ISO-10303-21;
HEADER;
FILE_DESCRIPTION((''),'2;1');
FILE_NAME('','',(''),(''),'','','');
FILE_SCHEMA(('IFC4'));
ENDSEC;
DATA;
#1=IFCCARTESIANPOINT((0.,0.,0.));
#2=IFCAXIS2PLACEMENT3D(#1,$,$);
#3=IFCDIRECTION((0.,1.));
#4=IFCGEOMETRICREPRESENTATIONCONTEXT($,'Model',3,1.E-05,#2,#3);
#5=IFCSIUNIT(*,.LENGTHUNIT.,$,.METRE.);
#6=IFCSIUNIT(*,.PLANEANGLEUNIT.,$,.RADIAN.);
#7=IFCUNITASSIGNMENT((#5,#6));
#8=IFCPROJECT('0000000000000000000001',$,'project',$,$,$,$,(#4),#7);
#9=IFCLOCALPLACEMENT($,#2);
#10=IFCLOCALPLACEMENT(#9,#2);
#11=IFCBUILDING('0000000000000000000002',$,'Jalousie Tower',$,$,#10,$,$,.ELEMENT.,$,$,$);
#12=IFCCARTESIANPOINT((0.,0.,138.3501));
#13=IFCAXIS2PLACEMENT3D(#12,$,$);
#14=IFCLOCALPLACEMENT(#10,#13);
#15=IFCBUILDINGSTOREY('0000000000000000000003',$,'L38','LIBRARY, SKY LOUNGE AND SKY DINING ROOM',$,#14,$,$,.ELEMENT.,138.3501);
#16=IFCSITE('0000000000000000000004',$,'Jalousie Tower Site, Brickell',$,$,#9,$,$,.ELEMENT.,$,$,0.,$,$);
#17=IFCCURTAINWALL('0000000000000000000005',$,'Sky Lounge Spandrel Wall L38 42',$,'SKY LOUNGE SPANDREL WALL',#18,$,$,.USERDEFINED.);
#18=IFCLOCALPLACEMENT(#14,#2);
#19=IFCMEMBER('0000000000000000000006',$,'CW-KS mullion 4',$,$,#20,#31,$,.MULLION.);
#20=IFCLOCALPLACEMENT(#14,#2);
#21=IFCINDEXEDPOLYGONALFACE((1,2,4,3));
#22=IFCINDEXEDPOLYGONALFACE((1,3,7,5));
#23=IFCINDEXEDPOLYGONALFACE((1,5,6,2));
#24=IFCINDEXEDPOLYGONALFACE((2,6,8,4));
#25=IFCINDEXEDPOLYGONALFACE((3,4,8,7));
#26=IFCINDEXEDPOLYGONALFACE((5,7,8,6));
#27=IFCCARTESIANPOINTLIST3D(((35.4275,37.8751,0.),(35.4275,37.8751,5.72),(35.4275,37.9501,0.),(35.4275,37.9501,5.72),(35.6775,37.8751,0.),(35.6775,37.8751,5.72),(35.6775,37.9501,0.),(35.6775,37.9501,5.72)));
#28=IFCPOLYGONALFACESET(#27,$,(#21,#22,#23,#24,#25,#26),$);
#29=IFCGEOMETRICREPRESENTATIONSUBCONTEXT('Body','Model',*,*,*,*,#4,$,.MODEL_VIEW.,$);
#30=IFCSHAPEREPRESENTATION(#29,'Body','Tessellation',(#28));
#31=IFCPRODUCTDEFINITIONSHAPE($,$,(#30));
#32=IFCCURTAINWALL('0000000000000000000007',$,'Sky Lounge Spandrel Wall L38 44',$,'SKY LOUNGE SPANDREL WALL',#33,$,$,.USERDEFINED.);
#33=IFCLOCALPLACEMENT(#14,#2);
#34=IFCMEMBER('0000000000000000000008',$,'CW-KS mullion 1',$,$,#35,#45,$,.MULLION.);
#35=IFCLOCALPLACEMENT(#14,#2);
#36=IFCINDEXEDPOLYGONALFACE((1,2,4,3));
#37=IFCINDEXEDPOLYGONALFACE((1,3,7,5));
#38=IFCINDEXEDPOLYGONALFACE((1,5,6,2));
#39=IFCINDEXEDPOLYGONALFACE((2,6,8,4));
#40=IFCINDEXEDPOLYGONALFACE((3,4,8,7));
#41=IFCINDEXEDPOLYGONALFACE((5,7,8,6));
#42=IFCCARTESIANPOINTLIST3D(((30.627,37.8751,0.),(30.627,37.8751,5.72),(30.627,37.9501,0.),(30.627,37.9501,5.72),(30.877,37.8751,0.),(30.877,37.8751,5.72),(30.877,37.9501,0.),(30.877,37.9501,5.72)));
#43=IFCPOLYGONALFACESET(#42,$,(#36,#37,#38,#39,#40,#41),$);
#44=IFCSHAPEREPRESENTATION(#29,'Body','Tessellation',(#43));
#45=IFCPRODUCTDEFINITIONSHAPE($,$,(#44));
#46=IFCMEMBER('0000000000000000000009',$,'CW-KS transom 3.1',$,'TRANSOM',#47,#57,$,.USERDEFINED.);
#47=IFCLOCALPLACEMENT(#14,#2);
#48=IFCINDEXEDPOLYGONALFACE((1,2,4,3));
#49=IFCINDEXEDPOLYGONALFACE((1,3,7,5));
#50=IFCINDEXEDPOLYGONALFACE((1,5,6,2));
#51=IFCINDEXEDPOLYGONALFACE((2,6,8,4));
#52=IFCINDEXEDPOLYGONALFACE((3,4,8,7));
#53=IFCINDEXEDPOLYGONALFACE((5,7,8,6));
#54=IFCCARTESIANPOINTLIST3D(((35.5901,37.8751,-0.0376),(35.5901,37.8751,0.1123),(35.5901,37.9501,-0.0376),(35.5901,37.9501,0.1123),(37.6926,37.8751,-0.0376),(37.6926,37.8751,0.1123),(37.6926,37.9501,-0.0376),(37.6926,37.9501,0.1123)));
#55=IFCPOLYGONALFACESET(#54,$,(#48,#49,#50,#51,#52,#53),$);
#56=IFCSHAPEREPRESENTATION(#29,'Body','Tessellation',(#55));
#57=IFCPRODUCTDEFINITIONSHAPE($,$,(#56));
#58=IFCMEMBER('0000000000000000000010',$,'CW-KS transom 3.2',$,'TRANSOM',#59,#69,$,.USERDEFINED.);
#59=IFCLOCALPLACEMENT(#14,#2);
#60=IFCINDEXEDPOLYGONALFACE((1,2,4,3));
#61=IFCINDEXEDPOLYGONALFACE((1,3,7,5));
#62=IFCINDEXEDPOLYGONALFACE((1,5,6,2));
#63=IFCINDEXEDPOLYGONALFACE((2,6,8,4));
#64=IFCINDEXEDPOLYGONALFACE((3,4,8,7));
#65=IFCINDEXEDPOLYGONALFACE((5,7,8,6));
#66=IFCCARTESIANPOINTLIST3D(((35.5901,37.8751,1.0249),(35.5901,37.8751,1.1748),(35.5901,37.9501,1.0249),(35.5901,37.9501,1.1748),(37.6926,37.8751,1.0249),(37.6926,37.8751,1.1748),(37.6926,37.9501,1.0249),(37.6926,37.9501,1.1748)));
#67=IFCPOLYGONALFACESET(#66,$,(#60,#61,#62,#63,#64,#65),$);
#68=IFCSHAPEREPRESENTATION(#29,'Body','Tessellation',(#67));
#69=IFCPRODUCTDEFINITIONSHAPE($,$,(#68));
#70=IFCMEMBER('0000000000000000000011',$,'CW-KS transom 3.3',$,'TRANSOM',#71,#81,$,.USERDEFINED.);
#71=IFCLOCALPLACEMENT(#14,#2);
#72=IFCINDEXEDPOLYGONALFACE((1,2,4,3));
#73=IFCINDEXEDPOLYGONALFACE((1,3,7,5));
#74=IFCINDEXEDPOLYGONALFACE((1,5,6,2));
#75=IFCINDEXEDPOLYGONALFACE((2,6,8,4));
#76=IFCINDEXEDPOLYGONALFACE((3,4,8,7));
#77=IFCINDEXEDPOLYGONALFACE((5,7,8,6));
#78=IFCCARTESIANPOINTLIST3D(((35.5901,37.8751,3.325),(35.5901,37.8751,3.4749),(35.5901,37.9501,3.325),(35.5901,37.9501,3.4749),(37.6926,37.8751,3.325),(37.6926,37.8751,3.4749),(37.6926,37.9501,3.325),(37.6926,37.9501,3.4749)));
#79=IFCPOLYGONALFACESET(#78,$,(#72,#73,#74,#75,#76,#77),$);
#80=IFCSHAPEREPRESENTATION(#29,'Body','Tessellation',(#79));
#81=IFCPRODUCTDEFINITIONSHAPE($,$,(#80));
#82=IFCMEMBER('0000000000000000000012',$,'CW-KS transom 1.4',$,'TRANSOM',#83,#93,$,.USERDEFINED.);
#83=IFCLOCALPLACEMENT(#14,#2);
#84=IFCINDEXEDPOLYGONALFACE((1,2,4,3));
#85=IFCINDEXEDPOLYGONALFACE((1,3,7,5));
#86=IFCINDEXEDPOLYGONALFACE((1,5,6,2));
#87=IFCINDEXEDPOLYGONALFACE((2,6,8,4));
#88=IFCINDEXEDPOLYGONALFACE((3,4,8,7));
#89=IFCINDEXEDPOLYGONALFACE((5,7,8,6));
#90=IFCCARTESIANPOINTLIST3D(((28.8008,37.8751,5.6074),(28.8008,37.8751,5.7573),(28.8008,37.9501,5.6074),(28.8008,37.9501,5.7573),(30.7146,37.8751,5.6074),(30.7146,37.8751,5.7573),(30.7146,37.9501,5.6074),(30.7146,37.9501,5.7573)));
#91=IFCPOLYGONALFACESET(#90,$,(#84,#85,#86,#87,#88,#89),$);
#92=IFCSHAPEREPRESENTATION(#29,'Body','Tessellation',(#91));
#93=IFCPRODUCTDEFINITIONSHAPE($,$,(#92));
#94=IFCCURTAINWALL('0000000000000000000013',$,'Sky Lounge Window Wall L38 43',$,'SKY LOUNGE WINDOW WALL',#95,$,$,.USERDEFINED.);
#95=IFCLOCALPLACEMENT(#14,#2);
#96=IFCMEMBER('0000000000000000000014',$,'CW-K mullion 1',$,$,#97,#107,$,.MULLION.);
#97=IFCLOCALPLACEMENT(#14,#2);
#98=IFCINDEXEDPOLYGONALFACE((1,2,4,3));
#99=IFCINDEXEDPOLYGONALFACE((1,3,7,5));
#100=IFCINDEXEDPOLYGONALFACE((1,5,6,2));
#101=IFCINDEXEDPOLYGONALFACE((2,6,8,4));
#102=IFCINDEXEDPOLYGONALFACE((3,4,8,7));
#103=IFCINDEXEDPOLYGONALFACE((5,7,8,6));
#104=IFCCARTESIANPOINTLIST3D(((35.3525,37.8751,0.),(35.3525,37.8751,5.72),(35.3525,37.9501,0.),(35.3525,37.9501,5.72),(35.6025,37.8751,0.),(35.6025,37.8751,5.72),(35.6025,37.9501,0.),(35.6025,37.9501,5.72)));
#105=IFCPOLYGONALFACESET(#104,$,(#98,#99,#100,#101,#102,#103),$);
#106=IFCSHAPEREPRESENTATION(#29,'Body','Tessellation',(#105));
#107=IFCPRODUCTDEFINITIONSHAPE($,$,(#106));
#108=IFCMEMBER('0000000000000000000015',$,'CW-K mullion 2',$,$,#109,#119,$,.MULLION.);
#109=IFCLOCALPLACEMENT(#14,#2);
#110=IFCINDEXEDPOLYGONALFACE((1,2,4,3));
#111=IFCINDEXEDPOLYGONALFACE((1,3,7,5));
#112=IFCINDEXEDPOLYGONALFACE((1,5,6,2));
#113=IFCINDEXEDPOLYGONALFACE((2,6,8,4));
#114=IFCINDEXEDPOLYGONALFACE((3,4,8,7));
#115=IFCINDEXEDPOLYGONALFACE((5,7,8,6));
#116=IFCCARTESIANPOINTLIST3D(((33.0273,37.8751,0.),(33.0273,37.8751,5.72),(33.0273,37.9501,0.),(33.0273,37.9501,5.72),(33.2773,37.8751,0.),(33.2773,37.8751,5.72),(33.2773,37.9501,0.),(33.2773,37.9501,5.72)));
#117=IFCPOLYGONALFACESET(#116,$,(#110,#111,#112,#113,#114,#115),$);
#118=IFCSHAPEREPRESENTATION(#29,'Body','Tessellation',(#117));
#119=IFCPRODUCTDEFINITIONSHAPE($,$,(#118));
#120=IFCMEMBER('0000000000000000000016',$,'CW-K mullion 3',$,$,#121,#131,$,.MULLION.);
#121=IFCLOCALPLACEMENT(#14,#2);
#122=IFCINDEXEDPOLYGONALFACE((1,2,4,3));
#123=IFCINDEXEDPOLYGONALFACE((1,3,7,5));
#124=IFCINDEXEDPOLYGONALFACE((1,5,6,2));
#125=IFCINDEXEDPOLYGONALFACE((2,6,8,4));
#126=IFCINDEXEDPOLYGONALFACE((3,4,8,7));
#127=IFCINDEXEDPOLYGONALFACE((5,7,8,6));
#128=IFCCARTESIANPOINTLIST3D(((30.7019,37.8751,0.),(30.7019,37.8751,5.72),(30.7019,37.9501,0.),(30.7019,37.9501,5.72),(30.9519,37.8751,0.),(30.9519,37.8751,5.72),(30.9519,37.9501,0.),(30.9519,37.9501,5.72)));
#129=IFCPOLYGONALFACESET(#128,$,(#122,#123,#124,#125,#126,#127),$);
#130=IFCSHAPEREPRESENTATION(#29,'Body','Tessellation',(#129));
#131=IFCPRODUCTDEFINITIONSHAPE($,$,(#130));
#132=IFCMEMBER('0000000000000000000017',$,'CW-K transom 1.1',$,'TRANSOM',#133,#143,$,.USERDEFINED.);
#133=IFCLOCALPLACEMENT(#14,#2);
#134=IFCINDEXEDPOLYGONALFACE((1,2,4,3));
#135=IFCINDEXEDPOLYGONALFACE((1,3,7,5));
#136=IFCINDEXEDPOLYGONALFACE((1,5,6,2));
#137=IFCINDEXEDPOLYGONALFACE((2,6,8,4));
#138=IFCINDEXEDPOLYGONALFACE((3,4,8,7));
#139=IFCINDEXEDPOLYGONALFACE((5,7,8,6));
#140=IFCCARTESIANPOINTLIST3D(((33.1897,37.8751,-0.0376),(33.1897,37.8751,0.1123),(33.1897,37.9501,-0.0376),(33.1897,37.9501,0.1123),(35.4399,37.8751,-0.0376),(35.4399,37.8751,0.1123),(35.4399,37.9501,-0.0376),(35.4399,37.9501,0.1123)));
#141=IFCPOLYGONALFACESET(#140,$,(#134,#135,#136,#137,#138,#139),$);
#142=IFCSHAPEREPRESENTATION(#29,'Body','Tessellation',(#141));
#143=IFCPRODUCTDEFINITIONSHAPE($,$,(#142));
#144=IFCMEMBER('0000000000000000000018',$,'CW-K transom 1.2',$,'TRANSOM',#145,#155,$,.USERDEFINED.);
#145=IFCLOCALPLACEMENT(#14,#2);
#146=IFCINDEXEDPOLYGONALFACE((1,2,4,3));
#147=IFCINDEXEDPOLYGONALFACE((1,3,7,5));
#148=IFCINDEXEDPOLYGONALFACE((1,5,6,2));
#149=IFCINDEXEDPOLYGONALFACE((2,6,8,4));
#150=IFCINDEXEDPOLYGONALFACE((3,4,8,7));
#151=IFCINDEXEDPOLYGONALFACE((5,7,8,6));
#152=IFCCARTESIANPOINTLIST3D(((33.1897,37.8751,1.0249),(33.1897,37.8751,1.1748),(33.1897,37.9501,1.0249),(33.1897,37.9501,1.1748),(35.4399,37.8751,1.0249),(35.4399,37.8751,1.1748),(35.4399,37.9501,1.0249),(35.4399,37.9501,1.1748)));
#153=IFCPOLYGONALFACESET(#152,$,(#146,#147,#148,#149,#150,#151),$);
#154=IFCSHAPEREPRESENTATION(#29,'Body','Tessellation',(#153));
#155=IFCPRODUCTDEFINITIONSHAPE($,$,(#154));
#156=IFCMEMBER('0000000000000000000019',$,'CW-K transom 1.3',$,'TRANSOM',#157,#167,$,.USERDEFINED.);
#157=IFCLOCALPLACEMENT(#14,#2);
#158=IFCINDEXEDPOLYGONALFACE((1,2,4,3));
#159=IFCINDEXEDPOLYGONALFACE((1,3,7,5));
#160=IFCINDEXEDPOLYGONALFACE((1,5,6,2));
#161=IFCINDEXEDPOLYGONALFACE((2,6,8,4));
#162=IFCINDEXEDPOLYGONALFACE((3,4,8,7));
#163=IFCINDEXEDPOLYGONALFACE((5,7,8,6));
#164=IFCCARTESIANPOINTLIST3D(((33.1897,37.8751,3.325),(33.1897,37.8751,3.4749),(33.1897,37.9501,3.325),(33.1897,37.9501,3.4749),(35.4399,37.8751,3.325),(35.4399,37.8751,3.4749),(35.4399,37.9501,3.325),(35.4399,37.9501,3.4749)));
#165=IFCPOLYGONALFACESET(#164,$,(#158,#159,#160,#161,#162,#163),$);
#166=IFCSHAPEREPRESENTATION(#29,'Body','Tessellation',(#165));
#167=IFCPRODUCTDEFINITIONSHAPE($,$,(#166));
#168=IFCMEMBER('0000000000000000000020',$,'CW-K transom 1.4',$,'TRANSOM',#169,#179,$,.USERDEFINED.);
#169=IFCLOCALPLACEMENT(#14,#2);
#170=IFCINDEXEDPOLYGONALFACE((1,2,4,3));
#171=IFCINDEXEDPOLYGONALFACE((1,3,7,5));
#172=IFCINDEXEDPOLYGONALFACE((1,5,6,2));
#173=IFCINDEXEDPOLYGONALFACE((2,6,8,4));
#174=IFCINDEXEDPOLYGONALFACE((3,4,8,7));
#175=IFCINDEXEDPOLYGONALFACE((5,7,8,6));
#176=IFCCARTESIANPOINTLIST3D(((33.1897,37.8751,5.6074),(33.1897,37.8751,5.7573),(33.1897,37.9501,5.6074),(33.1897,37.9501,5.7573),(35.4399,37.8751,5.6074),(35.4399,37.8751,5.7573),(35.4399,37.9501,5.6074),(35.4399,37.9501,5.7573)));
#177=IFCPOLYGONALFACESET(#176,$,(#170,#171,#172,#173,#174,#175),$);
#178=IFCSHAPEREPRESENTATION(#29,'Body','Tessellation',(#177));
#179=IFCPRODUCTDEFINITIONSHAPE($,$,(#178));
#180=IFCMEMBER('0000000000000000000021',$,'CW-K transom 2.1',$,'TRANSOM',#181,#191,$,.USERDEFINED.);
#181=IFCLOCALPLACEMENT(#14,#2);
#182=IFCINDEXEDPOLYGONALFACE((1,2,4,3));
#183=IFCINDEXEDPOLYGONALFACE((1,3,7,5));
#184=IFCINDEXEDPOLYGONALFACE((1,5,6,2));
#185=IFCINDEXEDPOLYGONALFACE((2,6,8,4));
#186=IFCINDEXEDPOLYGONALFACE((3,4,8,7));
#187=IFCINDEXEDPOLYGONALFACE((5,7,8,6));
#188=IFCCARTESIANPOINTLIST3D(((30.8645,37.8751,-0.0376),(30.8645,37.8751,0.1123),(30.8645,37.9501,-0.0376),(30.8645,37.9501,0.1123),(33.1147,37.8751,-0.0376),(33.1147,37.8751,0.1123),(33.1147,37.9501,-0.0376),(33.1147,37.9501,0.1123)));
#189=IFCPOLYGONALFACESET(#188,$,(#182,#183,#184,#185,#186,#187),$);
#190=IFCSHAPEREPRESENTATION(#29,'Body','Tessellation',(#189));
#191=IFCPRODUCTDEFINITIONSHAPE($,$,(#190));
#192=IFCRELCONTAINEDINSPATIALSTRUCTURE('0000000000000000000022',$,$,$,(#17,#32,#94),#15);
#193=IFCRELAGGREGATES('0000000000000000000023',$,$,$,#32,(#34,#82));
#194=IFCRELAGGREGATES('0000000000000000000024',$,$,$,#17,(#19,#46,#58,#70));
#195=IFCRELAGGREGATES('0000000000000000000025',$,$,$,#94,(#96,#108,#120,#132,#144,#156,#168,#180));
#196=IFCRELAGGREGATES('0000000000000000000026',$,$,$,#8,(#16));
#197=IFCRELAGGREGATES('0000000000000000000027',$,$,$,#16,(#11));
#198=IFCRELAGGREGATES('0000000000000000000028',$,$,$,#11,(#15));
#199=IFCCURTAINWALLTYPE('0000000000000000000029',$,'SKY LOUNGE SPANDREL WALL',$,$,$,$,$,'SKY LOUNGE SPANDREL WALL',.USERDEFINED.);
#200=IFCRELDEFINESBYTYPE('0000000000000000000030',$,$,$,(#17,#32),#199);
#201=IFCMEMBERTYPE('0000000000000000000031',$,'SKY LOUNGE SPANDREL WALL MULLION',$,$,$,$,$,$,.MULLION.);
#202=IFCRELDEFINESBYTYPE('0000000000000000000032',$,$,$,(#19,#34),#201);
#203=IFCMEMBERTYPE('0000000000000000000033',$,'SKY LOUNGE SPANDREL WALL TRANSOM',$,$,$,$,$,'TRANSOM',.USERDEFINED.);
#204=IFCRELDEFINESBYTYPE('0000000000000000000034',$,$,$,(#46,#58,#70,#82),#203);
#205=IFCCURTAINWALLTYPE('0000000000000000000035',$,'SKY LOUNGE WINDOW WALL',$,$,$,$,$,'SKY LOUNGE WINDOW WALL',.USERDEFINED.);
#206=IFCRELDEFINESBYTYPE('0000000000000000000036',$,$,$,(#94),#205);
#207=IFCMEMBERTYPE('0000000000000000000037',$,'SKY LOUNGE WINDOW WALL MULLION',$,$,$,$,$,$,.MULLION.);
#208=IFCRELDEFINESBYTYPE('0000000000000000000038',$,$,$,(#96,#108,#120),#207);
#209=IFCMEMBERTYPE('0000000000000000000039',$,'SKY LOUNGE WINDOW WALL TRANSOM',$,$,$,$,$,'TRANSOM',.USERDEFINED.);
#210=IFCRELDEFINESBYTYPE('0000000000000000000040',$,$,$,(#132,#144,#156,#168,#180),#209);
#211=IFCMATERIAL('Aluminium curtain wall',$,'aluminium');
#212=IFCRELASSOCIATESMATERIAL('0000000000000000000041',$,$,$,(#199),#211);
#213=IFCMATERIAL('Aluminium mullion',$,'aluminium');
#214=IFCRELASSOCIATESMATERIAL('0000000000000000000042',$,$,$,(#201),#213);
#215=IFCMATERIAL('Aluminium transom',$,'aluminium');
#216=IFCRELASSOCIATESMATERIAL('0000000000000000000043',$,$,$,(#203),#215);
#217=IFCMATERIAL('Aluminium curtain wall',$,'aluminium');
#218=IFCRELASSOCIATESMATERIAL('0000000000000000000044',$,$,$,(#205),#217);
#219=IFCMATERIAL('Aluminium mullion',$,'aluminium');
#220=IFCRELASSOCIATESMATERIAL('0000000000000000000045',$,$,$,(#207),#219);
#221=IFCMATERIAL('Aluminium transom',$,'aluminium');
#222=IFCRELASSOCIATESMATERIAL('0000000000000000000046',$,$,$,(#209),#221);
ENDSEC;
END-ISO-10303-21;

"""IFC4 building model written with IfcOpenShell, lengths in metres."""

from ifc_helpers import new_model, si_unit, direction, frame, origin, origin_2d, place, context, subcontext, project, spatial, rectangle, extrude, material, material_profile, profile_set, type_object, element, aggregate, save


model = new_model("IFC4")

# Units and contexts
model_context = context("Model", 3, precision=1e-05, world=origin(), true_north=direction((0.0, 1.0)))
body_context = subcontext(model_context, "Body", "Model", "MODEL_VIEW")
ifc_project = project(units=[si_unit("LENGTHUNIT", "METRE"), si_unit("PLANEANGLEUNIT", "RADIAN")], contexts=[model_context])

# Site, building, storey
site_placement = place(None, origin())
site = spatial("IfcSite", under=ifc_project, at=site_placement, Name="Jalousie Tower Site, Brickell", CompositionType="ELEMENT", RefElevation=0.0)
building_placement = place(site_placement, origin())
building = spatial("IfcBuilding", under=site, at=building_placement, Name="Jalousie Tower", CompositionType="ELEMENT")
storey_placement = place(building_placement, frame((0.0, 0.0, 138.3501)))
storey = spatial("IfcBuildingStorey", under=building, at=storey_placement, Name="L38", Description="LIBRARY, SKY LOUNGE AND SKY DINING ROOM", CompositionType="ELEMENT", Elevation=138.3501)

# Curtain walls, members
ifc_material_1 = material(Name="Aluminium curtain wall", Category="aluminium")
curtain_wall_type_1 = type_object("IfcCurtainWallType", Name="SKY LOUNGE SPANDREL WALL", ElementType="SKY LOUNGE SPANDREL WALL", PredefinedType="USERDEFINED", material=ifc_material_1)
curtain_wall_1_placement = place(storey_placement, origin())
curtain_wall_1 = element("IfcCurtainWall", 1, at=curtain_wall_1_placement, inside=storey, type_object=curtain_wall_type_1, Name="Sky Lounge Spandrel Wall L38 42", ObjectType="SKY LOUNGE SPANDREL WALL", PredefinedType="USERDEFINED")
ifc_material_2 = material(Name="Aluminium mullion", Category="aluminium")
ifc_material_profile_1 = material_profile(ifc_material_2, rectangle(XDim=0.075, YDim=0.25, at=origin_2d()), Name="MULLION 75x250")
ifc_profile_set_1 = profile_set([ifc_material_profile_1], Name="Aluminium mullion")
member_type_1 = type_object("IfcMemberType", Name="SKY LOUNGE SPANDREL WALL MULLION", PredefinedType="MULLION", material=ifc_profile_set_1)
member_1_placement = place(storey_placement, frame((35.5525, 37.9126, 0.0), z_axis=(0.0, 0.0, 1.0), x_axis=(0.0, -1.0, 0.0)))
member_1 = element("IfcMember", 2, at=member_1_placement, type_object=member_type_1, Name="CW-KS mullion 4", PredefinedType="MULLION", context=body_context, shape_type="SweptSolid", body=[
    extrude(rectangle(XDim=0.075, YDim=0.25, at=origin_2d()), origin(), (0.0, 0.0, 1.0), 5.72),
])
curtain_wall_2_placement = place(storey_placement, origin())
curtain_wall_2 = element("IfcCurtainWall", 3, at=curtain_wall_2_placement, inside=storey, type_object=curtain_wall_type_1, Name="Sky Lounge Spandrel Wall L38 44", ObjectType="SKY LOUNGE SPANDREL WALL", PredefinedType="USERDEFINED")
member_2_placement = place(storey_placement, frame((30.752, 37.9126, 0.0), z_axis=(0.0, 0.0, 1.0), x_axis=(0.0, -1.0, 0.0)))
member_2 = element("IfcMember", 4, at=member_2_placement, type_object=member_type_1, Name="CW-KS mullion 1", PredefinedType="MULLION", context=body_context, shape_type="SweptSolid", body=[
    extrude(rectangle(XDim=0.075, YDim=0.25, at=origin_2d()), origin(), (0.0, 0.0, 1.0), 5.72),
])

# Members
ifc_material_3 = material(Name="Aluminium transom", Category="aluminium")
ifc_material_profile_2 = material_profile(ifc_material_3, rectangle(XDim=0.075, YDim=0.1499, at=origin_2d()), Name="TRANSOM 75x150")
ifc_profile_set_2 = profile_set([ifc_material_profile_2], Name="Aluminium transom")
member_type_2 = type_object("IfcMemberType", Name="SKY LOUNGE SPANDREL WALL TRANSOM", ElementType="TRANSOM", PredefinedType="USERDEFINED", material=ifc_profile_set_2)
member_3_placement = place(storey_placement, frame((37.6926, 37.9126, 0.0374), z_axis=(-1.0, 0.0, 0.0), x_axis=(0.0, -1.0, 0.0)))
member_3 = element("IfcMember", 5, at=member_3_placement, type_object=member_type_2, Name="CW-KS transom 3.1", ObjectType="TRANSOM", PredefinedType="USERDEFINED", context=body_context, shape_type="SweptSolid", body=[
    extrude(rectangle(XDim=0.075, YDim=0.1499, at=origin_2d()), origin(), (0.0, 0.0, 1.0), 2.1025),
])
member_4_placement = place(storey_placement, frame((37.6926, 37.9126, 1.0999), z_axis=(-1.0, 0.0, 0.0), x_axis=(0.0, -1.0, 0.0)))
member_4 = element("IfcMember", 6, at=member_4_placement, type_object=member_type_2, Name="CW-KS transom 3.2", ObjectType="TRANSOM", PredefinedType="USERDEFINED", context=body_context, shape_type="SweptSolid", body=[
    extrude(rectangle(XDim=0.075, YDim=0.1499, at=origin_2d()), origin(), (0.0, 0.0, 1.0), 2.1025),
])
member_5_placement = place(storey_placement, frame((37.6926, 37.9126, 3.3999), z_axis=(-1.0, 0.0, 0.0), x_axis=(0.0, -1.0, 0.0)))
member_5 = element("IfcMember", 7, at=member_5_placement, type_object=member_type_2, Name="CW-KS transom 3.3", ObjectType="TRANSOM", PredefinedType="USERDEFINED", context=body_context, shape_type="SweptSolid", body=[
    extrude(rectangle(XDim=0.075, YDim=0.1499, at=origin_2d()), origin(), (0.0, 0.0, 1.0), 2.1025),
])
member_6_placement = place(storey_placement, frame((30.7146, 37.9126, 5.6824), z_axis=(-1.0, 0.0, 0.0), x_axis=(0.0, -1.0, 0.0)))
member_6 = element("IfcMember", 8, at=member_6_placement, type_object=member_type_2, Name="CW-KS transom 1.4", ObjectType="TRANSOM", PredefinedType="USERDEFINED", context=body_context, shape_type="SweptSolid", body=[
    extrude(rectangle(XDim=0.075, YDim=0.1499, at=origin_2d()), origin(), (0.0, 0.0, 1.0), 1.9138),
])
aggregate(curtain_wall_2, [member_2, member_6])

# Curtain wall, members
ifc_material_4 = material(Name="Aluminium curtain wall", Category="aluminium")
curtain_wall_type_2 = type_object("IfcCurtainWallType", Name="SKY LOUNGE WINDOW WALL", ElementType="SKY LOUNGE WINDOW WALL", PredefinedType="USERDEFINED", material=ifc_material_4)
curtain_wall_3_placement = place(storey_placement, origin())
curtain_wall_3 = element("IfcCurtainWall", 9, at=curtain_wall_3_placement, inside=storey, type_object=curtain_wall_type_2, Name="Sky Lounge Window Wall L38 43", ObjectType="SKY LOUNGE WINDOW WALL", PredefinedType="USERDEFINED")
ifc_material_5 = material(Name="Aluminium mullion", Category="aluminium")
ifc_material_profile_3 = material_profile(ifc_material_5, rectangle(XDim=0.075, YDim=0.25, at=origin_2d()), Name="MULLION 75x250")
ifc_profile_set_3 = profile_set([ifc_material_profile_3], Name="Aluminium mullion")
member_type_3 = type_object("IfcMemberType", Name="SKY LOUNGE WINDOW WALL MULLION", PredefinedType="MULLION", material=ifc_profile_set_3)
member_7_placement = place(storey_placement, frame((35.4775, 37.9126, 0.0), z_axis=(0.0, 0.0, 1.0), x_axis=(0.0, -1.0, 0.0)))
member_7 = element("IfcMember", 10, at=member_7_placement, type_object=member_type_3, Name="CW-K mullion 1", PredefinedType="MULLION", context=body_context, shape_type="SweptSolid", body=[
    extrude(rectangle(XDim=0.075, YDim=0.25, at=origin_2d()), origin(), (0.0, 0.0, 1.0), 5.72),
])
member_8_placement = place(storey_placement, frame((33.1523, 37.9126, 0.0), z_axis=(0.0, 0.0, 1.0), x_axis=(0.0, -1.0, 0.0)))
member_8 = element("IfcMember", 11, at=member_8_placement, type_object=member_type_3, Name="CW-K mullion 2", PredefinedType="MULLION", context=body_context, shape_type="SweptSolid", body=[
    extrude(rectangle(XDim=0.075, YDim=0.25, at=origin_2d()), origin(), (0.0, 0.0, 1.0), 5.72),
])
member_9_placement = place(storey_placement, frame((30.8269, 37.9126, 0.0), z_axis=(0.0, 0.0, 1.0), x_axis=(0.0, -1.0, 0.0)))
member_9 = element("IfcMember", 12, at=member_9_placement, type_object=member_type_3, Name="CW-K mullion 3", PredefinedType="MULLION", context=body_context, shape_type="SweptSolid", body=[
    extrude(rectangle(XDim=0.075, YDim=0.25, at=origin_2d()), origin(), (0.0, 0.0, 1.0), 5.72),
])
ifc_material_6 = material(Name="Aluminium transom", Category="aluminium")
ifc_material_profile_4 = material_profile(ifc_material_6, rectangle(XDim=0.075, YDim=0.1499, at=origin_2d()), Name="TRANSOM 75x150")
ifc_profile_set_4 = profile_set([ifc_material_profile_4], Name="Aluminium transom")
member_type_4 = type_object("IfcMemberType", Name="SKY LOUNGE WINDOW WALL TRANSOM", ElementType="TRANSOM", PredefinedType="USERDEFINED", material=ifc_profile_set_4)
member_10_placement = place(storey_placement, frame((35.4399, 37.9126, 0.0374), z_axis=(-1.0, 0.0, 0.0), x_axis=(0.0, -1.0, 0.0)))
member_10 = element("IfcMember", 13, at=member_10_placement, type_object=member_type_4, Name="CW-K transom 1.1", ObjectType="TRANSOM", PredefinedType="USERDEFINED", context=body_context, shape_type="SweptSolid", body=[
    extrude(rectangle(XDim=0.075, YDim=0.1499, at=origin_2d()), origin(), (0.0, 0.0, 1.0), 2.2502),
])
member_11_placement = place(storey_placement, frame((35.4399, 37.9126, 1.0999), z_axis=(-1.0, 0.0, 0.0), x_axis=(0.0, -1.0, 0.0)))
member_11 = element("IfcMember", 14, at=member_11_placement, type_object=member_type_4, Name="CW-K transom 1.2", ObjectType="TRANSOM", PredefinedType="USERDEFINED", context=body_context, shape_type="SweptSolid", body=[
    extrude(rectangle(XDim=0.075, YDim=0.1499, at=origin_2d()), origin(), (0.0, 0.0, 1.0), 2.2502),
])
member_12_placement = place(storey_placement, frame((35.4399, 37.9126, 3.3999), z_axis=(-1.0, 0.0, 0.0), x_axis=(0.0, -1.0, 0.0)))
member_12 = element("IfcMember", 15, at=member_12_placement, type_object=member_type_4, Name="CW-K transom 1.3", ObjectType="TRANSOM", PredefinedType="USERDEFINED", context=body_context, shape_type="SweptSolid", body=[
    extrude(rectangle(XDim=0.075, YDim=0.1499, at=origin_2d()), origin(), (0.0, 0.0, 1.0), 2.2502),
])
member_13_placement = place(storey_placement, frame((35.4399, 37.9126, 5.6824), z_axis=(-1.0, 0.0, 0.0), x_axis=(0.0, -1.0, 0.0)))
member_13 = element("IfcMember", 16, at=member_13_placement, type_object=member_type_4, Name="CW-K transom 1.4", ObjectType="TRANSOM", PredefinedType="USERDEFINED", context=body_context, shape_type="SweptSolid", body=[
    extrude(rectangle(XDim=0.075, YDim=0.1499, at=origin_2d()), origin(), (0.0, 0.0, 1.0), 2.2502),
])
member_14_placement = place(storey_placement, frame((33.1147, 37.9126, 0.0374), z_axis=(-1.0, 0.0, 0.0), x_axis=(0.0, -1.0, 0.0)))
member_14 = element("IfcMember", 17, at=member_14_placement, type_object=member_type_4, Name="CW-K transom 2.1", ObjectType="TRANSOM", PredefinedType="USERDEFINED", context=body_context, shape_type="SweptSolid", body=[
    extrude(rectangle(XDim=0.075, YDim=0.1499, at=origin_2d()), origin(), (0.0, 0.0, 1.0), 2.2502),
])

aggregate(curtain_wall_1, [member_1, member_3, member_4, member_5])
aggregate(curtain_wall_3, [member_7, member_8, member_9, member_10, member_11, member_12, member_13, member_14])

save(model, "model.ifc")
